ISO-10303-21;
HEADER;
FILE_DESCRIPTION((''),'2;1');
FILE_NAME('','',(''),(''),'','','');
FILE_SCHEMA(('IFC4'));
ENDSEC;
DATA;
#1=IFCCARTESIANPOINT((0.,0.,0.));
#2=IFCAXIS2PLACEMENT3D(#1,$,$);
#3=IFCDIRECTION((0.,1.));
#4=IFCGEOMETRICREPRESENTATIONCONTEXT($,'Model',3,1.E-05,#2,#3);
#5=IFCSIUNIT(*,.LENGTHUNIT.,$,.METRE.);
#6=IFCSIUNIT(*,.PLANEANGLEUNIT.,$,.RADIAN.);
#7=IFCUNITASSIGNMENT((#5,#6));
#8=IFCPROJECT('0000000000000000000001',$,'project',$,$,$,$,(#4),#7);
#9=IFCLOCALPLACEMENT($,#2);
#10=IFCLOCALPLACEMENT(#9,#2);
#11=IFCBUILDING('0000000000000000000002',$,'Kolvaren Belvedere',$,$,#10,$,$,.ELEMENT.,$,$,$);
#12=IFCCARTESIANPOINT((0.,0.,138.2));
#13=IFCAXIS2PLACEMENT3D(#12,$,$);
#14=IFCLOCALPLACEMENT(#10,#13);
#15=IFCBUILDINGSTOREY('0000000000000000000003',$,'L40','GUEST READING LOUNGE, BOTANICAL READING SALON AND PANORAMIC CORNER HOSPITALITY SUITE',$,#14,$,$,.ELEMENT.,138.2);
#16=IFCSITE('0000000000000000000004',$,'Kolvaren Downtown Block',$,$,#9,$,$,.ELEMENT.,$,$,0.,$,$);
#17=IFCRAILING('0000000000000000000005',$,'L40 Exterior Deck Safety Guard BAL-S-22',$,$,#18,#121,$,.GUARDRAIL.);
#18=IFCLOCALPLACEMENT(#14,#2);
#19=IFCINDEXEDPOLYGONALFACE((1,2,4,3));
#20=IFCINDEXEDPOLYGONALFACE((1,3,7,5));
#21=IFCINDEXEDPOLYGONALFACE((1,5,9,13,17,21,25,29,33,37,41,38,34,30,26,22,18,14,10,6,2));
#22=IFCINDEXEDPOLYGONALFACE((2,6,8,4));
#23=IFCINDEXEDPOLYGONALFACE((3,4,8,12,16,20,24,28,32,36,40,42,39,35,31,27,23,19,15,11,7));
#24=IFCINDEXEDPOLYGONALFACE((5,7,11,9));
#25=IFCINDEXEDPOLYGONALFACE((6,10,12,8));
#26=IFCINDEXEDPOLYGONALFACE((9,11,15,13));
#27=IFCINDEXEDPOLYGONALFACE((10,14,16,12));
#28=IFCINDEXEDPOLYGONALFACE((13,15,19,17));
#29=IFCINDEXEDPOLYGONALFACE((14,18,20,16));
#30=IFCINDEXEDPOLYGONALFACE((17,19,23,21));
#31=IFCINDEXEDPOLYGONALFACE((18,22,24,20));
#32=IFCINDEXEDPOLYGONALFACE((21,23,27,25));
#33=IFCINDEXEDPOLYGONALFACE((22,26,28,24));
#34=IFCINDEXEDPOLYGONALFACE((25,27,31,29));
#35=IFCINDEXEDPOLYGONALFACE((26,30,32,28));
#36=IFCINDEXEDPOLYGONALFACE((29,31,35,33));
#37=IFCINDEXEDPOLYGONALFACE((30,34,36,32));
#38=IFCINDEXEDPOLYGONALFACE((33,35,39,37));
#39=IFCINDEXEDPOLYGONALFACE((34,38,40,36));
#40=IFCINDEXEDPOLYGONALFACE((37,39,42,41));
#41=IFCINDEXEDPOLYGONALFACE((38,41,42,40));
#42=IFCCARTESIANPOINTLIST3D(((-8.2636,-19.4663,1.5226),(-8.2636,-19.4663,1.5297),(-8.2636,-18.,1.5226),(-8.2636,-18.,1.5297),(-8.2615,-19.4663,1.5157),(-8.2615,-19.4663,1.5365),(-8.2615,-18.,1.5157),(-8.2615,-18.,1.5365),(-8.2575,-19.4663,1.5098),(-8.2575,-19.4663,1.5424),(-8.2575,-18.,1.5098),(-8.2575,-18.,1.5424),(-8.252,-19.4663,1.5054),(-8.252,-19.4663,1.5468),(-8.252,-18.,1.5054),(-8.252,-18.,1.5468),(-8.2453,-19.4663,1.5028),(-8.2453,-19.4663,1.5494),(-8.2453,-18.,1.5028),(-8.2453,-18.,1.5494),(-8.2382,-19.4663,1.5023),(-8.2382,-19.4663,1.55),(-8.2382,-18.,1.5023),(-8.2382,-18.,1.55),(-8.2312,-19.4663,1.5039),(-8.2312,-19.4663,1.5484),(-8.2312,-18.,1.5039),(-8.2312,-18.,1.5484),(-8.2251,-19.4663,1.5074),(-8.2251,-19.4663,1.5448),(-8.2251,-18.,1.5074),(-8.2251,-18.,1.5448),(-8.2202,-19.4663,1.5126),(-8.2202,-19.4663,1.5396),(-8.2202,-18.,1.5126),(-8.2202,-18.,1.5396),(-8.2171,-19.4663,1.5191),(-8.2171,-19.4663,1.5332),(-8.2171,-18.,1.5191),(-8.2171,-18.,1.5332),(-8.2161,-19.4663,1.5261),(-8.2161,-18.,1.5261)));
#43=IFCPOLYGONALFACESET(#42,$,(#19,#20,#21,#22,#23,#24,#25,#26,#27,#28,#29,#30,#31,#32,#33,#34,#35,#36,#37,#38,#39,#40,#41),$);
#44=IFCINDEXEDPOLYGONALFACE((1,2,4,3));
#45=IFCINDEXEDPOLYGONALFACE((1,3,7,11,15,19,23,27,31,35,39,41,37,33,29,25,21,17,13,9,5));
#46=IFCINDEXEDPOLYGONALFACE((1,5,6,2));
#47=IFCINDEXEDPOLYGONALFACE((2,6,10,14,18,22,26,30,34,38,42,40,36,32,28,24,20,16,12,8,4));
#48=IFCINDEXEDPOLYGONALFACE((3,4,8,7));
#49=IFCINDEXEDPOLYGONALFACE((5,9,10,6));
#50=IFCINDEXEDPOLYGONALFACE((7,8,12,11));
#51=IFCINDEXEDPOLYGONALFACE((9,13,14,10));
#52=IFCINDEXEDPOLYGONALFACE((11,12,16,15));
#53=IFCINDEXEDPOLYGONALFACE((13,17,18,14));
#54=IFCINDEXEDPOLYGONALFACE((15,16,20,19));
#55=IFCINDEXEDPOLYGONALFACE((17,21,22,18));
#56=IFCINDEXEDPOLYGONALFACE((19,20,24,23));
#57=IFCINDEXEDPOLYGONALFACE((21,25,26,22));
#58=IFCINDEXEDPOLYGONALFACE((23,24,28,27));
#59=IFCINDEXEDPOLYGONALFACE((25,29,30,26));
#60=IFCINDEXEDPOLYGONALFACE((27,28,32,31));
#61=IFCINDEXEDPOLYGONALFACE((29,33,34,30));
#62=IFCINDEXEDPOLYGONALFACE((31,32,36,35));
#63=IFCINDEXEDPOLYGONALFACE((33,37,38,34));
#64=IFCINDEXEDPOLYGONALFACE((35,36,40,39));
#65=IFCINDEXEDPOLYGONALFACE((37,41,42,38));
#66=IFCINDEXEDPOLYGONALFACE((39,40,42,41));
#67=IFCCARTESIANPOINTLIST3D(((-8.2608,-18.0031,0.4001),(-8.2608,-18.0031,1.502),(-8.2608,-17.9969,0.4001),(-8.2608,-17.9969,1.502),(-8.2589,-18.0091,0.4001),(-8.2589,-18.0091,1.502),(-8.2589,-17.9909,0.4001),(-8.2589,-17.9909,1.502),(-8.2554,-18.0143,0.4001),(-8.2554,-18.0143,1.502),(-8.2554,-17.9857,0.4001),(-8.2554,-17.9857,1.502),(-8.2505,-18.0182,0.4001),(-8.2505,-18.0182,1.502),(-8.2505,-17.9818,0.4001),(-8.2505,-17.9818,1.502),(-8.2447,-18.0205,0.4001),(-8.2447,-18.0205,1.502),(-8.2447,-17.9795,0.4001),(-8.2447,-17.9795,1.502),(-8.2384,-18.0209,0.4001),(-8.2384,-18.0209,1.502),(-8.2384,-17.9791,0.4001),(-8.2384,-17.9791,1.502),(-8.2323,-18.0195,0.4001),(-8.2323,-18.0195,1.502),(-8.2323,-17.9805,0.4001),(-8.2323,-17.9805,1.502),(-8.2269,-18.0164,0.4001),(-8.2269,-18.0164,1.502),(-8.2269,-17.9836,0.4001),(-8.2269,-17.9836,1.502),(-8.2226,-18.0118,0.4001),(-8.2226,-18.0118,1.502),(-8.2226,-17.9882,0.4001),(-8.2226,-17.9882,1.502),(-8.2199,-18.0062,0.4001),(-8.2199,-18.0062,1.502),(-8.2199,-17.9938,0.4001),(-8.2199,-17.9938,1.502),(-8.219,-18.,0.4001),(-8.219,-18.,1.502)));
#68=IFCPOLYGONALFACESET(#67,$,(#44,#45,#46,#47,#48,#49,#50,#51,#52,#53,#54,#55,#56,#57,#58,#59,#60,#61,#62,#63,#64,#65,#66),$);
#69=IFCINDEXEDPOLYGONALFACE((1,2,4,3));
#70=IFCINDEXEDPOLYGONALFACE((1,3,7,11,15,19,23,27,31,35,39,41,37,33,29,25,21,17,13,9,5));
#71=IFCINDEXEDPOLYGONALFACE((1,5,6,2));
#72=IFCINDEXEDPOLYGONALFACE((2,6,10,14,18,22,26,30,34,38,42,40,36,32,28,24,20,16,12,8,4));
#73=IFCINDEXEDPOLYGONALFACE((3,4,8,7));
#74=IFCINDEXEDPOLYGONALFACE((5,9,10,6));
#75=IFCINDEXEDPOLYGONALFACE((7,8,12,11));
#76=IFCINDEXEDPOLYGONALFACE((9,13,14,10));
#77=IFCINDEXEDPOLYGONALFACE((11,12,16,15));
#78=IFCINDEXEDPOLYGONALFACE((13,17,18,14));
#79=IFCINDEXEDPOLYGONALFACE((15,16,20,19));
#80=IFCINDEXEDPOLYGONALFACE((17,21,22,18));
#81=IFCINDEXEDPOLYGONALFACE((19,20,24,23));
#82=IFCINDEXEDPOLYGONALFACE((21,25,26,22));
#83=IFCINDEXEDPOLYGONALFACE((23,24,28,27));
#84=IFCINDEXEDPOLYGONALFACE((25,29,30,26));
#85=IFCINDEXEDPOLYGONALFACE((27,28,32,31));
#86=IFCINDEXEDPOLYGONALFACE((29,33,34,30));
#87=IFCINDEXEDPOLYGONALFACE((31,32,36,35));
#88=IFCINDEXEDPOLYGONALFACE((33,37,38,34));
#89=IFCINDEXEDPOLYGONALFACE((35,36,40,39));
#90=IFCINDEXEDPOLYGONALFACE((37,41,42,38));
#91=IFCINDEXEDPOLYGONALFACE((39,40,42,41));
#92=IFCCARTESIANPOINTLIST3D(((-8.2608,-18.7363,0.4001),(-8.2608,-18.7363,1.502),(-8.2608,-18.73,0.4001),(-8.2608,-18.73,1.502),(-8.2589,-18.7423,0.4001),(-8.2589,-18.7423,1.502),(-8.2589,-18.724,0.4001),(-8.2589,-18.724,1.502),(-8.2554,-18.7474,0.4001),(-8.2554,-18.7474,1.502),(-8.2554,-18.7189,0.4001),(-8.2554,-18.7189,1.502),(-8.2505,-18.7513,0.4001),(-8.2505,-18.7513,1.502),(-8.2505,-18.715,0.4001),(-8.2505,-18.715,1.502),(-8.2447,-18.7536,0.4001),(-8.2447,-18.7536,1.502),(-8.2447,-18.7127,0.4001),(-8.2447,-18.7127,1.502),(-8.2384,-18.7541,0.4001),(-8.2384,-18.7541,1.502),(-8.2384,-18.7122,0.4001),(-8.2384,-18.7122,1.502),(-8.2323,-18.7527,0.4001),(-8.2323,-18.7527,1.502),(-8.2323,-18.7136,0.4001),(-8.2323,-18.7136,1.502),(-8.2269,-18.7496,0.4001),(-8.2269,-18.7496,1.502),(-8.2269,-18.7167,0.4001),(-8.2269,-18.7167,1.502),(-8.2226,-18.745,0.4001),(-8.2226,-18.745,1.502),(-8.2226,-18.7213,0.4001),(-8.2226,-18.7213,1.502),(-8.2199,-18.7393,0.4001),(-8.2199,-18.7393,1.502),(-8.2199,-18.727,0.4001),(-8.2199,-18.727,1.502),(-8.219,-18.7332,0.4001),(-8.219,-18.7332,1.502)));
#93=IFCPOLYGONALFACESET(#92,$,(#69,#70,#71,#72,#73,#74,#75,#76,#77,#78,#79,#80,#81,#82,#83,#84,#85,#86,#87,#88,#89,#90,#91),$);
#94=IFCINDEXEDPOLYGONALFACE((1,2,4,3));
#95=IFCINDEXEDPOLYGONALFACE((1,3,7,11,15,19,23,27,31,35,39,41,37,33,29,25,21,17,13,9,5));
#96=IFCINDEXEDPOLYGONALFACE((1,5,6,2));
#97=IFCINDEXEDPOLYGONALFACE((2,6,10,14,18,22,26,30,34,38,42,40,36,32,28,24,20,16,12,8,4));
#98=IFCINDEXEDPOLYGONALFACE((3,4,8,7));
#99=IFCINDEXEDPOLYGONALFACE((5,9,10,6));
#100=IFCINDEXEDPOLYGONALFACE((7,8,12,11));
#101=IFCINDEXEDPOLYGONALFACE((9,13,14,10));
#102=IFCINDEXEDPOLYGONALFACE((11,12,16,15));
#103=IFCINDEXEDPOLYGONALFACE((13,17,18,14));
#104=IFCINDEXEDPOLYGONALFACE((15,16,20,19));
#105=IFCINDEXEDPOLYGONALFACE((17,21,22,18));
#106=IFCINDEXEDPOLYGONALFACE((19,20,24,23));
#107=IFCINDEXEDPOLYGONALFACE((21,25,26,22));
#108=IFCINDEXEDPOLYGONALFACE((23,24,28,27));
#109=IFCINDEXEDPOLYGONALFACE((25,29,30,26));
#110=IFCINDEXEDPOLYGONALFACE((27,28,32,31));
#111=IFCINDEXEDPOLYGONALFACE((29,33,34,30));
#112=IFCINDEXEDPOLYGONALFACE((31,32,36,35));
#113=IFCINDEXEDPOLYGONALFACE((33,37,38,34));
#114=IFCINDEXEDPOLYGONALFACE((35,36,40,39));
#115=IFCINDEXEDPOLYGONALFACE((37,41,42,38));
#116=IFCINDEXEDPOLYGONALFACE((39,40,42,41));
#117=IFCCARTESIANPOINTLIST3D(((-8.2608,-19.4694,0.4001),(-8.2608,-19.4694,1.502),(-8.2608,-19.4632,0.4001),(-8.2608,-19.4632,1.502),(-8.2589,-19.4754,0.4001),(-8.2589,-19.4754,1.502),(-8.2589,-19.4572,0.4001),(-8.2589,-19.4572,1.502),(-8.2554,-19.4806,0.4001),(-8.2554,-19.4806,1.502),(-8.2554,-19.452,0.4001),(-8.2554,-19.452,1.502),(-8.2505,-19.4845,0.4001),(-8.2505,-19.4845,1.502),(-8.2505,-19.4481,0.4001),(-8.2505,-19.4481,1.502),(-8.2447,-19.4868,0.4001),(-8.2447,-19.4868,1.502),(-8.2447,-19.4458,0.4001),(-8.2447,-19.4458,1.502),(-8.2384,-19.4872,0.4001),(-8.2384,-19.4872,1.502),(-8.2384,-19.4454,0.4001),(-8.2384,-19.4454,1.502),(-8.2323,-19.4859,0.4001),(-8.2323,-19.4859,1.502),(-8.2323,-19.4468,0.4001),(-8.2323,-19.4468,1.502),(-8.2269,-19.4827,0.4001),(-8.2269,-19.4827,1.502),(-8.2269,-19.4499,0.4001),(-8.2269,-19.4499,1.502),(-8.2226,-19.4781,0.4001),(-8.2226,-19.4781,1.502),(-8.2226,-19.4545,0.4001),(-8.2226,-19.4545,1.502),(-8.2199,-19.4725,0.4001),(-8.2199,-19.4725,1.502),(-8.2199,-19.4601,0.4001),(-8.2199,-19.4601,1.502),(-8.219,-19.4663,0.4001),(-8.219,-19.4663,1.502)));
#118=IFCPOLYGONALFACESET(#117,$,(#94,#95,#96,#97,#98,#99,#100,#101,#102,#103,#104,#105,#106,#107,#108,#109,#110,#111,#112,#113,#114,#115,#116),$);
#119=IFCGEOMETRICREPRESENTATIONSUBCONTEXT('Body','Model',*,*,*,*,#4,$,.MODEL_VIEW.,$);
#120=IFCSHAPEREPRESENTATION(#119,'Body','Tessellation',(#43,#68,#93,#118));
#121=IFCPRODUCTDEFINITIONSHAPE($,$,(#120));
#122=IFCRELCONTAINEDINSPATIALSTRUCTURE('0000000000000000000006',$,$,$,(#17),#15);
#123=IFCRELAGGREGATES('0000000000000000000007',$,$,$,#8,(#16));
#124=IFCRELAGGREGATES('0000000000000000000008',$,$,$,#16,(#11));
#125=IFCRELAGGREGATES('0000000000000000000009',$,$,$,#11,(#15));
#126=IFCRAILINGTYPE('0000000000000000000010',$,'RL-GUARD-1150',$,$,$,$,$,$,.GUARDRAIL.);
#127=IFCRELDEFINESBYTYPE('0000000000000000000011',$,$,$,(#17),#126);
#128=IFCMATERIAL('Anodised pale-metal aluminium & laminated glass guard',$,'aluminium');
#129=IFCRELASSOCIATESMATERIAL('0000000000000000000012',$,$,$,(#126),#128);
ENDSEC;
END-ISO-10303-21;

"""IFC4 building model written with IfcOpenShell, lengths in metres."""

from ifc_helpers import new_model, si_unit, direction, frame, origin, origin_2d, place, context, subcontext, project, spatial, circle, extrude, material, type_object, element, save


model = new_model("IFC4")

# Units and contexts
model_context = context("Model", 3, precision=1e-05, world=origin(), true_north=direction((0.0, 1.0)))
body_context = subcontext(model_context, "Body", "Model", "MODEL_VIEW")
ifc_project = project(units=[si_unit("LENGTHUNIT", "METRE"), si_unit("PLANEANGLEUNIT", "RADIAN")], contexts=[model_context])

# Site, building, storey
site_placement = place(None, origin())
site = spatial("IfcSite", under=ifc_project, at=site_placement, Name="Kolvaren Downtown Block", CompositionType="ELEMENT", RefElevation=0.0)
building_placement = place(site_placement, origin())
building = spatial("IfcBuilding", under=site, at=building_placement, Name="Kolvaren Belvedere", CompositionType="ELEMENT")
storey_placement = place(building_placement, frame((0.0, 0.0, 138.2)))
storey = spatial("IfcBuildingStorey", under=building, at=storey_placement, Name="L40", Description="GUEST READING LOUNGE, BOTANICAL READING SALON AND PANORAMIC CORNER HOSPITALITY SUITE", CompositionType="ELEMENT", Elevation=138.2)

# Railing
ifc_material_1 = material(Name="Anodised pale-metal aluminium & laminated glass guard", Category="aluminium")
railing_type = type_object("IfcRailingType", Name="RL-GUARD-1150", PredefinedType="GUARDRAIL", material=ifc_material_1)
railing_1_placement = place(storey_placement, frame((-8.24, -18.0, 0.4001)))
element("IfcRailing", 1, at=railing_1_placement, inside=storey, type_object=railing_type, Name="L40 Exterior Deck Safety Guard BAL-S-22", PredefinedType="GUARDRAIL", context=body_context, shape_type="SweptSolid", body=[
    extrude(circle(Radius=0.0239, at=origin_2d()), frame((0.0, 0.0, 1.126), z_axis=(0.0, -1.0, 0.0), x_axis=(1.0, 0.0, 0.0)), (0.0, 0.0, 1.0), 1.4663),
    extrude(circle(Radius=0.021, at=origin_2d()), origin(), (0.0, 0.0, 1.0), 1.1018),
    extrude(circle(Radius=0.021, at=origin_2d()), frame((0.0, -0.7332, 0.0)), (0.0, 0.0, 1.0), 1.1018),
    extrude(circle(Radius=0.021, at=origin_2d()), frame((0.0, -1.4663, 0.0)), (0.0, 0.0, 1.0), 1.1018),
])

save(model, "model.ifc")
